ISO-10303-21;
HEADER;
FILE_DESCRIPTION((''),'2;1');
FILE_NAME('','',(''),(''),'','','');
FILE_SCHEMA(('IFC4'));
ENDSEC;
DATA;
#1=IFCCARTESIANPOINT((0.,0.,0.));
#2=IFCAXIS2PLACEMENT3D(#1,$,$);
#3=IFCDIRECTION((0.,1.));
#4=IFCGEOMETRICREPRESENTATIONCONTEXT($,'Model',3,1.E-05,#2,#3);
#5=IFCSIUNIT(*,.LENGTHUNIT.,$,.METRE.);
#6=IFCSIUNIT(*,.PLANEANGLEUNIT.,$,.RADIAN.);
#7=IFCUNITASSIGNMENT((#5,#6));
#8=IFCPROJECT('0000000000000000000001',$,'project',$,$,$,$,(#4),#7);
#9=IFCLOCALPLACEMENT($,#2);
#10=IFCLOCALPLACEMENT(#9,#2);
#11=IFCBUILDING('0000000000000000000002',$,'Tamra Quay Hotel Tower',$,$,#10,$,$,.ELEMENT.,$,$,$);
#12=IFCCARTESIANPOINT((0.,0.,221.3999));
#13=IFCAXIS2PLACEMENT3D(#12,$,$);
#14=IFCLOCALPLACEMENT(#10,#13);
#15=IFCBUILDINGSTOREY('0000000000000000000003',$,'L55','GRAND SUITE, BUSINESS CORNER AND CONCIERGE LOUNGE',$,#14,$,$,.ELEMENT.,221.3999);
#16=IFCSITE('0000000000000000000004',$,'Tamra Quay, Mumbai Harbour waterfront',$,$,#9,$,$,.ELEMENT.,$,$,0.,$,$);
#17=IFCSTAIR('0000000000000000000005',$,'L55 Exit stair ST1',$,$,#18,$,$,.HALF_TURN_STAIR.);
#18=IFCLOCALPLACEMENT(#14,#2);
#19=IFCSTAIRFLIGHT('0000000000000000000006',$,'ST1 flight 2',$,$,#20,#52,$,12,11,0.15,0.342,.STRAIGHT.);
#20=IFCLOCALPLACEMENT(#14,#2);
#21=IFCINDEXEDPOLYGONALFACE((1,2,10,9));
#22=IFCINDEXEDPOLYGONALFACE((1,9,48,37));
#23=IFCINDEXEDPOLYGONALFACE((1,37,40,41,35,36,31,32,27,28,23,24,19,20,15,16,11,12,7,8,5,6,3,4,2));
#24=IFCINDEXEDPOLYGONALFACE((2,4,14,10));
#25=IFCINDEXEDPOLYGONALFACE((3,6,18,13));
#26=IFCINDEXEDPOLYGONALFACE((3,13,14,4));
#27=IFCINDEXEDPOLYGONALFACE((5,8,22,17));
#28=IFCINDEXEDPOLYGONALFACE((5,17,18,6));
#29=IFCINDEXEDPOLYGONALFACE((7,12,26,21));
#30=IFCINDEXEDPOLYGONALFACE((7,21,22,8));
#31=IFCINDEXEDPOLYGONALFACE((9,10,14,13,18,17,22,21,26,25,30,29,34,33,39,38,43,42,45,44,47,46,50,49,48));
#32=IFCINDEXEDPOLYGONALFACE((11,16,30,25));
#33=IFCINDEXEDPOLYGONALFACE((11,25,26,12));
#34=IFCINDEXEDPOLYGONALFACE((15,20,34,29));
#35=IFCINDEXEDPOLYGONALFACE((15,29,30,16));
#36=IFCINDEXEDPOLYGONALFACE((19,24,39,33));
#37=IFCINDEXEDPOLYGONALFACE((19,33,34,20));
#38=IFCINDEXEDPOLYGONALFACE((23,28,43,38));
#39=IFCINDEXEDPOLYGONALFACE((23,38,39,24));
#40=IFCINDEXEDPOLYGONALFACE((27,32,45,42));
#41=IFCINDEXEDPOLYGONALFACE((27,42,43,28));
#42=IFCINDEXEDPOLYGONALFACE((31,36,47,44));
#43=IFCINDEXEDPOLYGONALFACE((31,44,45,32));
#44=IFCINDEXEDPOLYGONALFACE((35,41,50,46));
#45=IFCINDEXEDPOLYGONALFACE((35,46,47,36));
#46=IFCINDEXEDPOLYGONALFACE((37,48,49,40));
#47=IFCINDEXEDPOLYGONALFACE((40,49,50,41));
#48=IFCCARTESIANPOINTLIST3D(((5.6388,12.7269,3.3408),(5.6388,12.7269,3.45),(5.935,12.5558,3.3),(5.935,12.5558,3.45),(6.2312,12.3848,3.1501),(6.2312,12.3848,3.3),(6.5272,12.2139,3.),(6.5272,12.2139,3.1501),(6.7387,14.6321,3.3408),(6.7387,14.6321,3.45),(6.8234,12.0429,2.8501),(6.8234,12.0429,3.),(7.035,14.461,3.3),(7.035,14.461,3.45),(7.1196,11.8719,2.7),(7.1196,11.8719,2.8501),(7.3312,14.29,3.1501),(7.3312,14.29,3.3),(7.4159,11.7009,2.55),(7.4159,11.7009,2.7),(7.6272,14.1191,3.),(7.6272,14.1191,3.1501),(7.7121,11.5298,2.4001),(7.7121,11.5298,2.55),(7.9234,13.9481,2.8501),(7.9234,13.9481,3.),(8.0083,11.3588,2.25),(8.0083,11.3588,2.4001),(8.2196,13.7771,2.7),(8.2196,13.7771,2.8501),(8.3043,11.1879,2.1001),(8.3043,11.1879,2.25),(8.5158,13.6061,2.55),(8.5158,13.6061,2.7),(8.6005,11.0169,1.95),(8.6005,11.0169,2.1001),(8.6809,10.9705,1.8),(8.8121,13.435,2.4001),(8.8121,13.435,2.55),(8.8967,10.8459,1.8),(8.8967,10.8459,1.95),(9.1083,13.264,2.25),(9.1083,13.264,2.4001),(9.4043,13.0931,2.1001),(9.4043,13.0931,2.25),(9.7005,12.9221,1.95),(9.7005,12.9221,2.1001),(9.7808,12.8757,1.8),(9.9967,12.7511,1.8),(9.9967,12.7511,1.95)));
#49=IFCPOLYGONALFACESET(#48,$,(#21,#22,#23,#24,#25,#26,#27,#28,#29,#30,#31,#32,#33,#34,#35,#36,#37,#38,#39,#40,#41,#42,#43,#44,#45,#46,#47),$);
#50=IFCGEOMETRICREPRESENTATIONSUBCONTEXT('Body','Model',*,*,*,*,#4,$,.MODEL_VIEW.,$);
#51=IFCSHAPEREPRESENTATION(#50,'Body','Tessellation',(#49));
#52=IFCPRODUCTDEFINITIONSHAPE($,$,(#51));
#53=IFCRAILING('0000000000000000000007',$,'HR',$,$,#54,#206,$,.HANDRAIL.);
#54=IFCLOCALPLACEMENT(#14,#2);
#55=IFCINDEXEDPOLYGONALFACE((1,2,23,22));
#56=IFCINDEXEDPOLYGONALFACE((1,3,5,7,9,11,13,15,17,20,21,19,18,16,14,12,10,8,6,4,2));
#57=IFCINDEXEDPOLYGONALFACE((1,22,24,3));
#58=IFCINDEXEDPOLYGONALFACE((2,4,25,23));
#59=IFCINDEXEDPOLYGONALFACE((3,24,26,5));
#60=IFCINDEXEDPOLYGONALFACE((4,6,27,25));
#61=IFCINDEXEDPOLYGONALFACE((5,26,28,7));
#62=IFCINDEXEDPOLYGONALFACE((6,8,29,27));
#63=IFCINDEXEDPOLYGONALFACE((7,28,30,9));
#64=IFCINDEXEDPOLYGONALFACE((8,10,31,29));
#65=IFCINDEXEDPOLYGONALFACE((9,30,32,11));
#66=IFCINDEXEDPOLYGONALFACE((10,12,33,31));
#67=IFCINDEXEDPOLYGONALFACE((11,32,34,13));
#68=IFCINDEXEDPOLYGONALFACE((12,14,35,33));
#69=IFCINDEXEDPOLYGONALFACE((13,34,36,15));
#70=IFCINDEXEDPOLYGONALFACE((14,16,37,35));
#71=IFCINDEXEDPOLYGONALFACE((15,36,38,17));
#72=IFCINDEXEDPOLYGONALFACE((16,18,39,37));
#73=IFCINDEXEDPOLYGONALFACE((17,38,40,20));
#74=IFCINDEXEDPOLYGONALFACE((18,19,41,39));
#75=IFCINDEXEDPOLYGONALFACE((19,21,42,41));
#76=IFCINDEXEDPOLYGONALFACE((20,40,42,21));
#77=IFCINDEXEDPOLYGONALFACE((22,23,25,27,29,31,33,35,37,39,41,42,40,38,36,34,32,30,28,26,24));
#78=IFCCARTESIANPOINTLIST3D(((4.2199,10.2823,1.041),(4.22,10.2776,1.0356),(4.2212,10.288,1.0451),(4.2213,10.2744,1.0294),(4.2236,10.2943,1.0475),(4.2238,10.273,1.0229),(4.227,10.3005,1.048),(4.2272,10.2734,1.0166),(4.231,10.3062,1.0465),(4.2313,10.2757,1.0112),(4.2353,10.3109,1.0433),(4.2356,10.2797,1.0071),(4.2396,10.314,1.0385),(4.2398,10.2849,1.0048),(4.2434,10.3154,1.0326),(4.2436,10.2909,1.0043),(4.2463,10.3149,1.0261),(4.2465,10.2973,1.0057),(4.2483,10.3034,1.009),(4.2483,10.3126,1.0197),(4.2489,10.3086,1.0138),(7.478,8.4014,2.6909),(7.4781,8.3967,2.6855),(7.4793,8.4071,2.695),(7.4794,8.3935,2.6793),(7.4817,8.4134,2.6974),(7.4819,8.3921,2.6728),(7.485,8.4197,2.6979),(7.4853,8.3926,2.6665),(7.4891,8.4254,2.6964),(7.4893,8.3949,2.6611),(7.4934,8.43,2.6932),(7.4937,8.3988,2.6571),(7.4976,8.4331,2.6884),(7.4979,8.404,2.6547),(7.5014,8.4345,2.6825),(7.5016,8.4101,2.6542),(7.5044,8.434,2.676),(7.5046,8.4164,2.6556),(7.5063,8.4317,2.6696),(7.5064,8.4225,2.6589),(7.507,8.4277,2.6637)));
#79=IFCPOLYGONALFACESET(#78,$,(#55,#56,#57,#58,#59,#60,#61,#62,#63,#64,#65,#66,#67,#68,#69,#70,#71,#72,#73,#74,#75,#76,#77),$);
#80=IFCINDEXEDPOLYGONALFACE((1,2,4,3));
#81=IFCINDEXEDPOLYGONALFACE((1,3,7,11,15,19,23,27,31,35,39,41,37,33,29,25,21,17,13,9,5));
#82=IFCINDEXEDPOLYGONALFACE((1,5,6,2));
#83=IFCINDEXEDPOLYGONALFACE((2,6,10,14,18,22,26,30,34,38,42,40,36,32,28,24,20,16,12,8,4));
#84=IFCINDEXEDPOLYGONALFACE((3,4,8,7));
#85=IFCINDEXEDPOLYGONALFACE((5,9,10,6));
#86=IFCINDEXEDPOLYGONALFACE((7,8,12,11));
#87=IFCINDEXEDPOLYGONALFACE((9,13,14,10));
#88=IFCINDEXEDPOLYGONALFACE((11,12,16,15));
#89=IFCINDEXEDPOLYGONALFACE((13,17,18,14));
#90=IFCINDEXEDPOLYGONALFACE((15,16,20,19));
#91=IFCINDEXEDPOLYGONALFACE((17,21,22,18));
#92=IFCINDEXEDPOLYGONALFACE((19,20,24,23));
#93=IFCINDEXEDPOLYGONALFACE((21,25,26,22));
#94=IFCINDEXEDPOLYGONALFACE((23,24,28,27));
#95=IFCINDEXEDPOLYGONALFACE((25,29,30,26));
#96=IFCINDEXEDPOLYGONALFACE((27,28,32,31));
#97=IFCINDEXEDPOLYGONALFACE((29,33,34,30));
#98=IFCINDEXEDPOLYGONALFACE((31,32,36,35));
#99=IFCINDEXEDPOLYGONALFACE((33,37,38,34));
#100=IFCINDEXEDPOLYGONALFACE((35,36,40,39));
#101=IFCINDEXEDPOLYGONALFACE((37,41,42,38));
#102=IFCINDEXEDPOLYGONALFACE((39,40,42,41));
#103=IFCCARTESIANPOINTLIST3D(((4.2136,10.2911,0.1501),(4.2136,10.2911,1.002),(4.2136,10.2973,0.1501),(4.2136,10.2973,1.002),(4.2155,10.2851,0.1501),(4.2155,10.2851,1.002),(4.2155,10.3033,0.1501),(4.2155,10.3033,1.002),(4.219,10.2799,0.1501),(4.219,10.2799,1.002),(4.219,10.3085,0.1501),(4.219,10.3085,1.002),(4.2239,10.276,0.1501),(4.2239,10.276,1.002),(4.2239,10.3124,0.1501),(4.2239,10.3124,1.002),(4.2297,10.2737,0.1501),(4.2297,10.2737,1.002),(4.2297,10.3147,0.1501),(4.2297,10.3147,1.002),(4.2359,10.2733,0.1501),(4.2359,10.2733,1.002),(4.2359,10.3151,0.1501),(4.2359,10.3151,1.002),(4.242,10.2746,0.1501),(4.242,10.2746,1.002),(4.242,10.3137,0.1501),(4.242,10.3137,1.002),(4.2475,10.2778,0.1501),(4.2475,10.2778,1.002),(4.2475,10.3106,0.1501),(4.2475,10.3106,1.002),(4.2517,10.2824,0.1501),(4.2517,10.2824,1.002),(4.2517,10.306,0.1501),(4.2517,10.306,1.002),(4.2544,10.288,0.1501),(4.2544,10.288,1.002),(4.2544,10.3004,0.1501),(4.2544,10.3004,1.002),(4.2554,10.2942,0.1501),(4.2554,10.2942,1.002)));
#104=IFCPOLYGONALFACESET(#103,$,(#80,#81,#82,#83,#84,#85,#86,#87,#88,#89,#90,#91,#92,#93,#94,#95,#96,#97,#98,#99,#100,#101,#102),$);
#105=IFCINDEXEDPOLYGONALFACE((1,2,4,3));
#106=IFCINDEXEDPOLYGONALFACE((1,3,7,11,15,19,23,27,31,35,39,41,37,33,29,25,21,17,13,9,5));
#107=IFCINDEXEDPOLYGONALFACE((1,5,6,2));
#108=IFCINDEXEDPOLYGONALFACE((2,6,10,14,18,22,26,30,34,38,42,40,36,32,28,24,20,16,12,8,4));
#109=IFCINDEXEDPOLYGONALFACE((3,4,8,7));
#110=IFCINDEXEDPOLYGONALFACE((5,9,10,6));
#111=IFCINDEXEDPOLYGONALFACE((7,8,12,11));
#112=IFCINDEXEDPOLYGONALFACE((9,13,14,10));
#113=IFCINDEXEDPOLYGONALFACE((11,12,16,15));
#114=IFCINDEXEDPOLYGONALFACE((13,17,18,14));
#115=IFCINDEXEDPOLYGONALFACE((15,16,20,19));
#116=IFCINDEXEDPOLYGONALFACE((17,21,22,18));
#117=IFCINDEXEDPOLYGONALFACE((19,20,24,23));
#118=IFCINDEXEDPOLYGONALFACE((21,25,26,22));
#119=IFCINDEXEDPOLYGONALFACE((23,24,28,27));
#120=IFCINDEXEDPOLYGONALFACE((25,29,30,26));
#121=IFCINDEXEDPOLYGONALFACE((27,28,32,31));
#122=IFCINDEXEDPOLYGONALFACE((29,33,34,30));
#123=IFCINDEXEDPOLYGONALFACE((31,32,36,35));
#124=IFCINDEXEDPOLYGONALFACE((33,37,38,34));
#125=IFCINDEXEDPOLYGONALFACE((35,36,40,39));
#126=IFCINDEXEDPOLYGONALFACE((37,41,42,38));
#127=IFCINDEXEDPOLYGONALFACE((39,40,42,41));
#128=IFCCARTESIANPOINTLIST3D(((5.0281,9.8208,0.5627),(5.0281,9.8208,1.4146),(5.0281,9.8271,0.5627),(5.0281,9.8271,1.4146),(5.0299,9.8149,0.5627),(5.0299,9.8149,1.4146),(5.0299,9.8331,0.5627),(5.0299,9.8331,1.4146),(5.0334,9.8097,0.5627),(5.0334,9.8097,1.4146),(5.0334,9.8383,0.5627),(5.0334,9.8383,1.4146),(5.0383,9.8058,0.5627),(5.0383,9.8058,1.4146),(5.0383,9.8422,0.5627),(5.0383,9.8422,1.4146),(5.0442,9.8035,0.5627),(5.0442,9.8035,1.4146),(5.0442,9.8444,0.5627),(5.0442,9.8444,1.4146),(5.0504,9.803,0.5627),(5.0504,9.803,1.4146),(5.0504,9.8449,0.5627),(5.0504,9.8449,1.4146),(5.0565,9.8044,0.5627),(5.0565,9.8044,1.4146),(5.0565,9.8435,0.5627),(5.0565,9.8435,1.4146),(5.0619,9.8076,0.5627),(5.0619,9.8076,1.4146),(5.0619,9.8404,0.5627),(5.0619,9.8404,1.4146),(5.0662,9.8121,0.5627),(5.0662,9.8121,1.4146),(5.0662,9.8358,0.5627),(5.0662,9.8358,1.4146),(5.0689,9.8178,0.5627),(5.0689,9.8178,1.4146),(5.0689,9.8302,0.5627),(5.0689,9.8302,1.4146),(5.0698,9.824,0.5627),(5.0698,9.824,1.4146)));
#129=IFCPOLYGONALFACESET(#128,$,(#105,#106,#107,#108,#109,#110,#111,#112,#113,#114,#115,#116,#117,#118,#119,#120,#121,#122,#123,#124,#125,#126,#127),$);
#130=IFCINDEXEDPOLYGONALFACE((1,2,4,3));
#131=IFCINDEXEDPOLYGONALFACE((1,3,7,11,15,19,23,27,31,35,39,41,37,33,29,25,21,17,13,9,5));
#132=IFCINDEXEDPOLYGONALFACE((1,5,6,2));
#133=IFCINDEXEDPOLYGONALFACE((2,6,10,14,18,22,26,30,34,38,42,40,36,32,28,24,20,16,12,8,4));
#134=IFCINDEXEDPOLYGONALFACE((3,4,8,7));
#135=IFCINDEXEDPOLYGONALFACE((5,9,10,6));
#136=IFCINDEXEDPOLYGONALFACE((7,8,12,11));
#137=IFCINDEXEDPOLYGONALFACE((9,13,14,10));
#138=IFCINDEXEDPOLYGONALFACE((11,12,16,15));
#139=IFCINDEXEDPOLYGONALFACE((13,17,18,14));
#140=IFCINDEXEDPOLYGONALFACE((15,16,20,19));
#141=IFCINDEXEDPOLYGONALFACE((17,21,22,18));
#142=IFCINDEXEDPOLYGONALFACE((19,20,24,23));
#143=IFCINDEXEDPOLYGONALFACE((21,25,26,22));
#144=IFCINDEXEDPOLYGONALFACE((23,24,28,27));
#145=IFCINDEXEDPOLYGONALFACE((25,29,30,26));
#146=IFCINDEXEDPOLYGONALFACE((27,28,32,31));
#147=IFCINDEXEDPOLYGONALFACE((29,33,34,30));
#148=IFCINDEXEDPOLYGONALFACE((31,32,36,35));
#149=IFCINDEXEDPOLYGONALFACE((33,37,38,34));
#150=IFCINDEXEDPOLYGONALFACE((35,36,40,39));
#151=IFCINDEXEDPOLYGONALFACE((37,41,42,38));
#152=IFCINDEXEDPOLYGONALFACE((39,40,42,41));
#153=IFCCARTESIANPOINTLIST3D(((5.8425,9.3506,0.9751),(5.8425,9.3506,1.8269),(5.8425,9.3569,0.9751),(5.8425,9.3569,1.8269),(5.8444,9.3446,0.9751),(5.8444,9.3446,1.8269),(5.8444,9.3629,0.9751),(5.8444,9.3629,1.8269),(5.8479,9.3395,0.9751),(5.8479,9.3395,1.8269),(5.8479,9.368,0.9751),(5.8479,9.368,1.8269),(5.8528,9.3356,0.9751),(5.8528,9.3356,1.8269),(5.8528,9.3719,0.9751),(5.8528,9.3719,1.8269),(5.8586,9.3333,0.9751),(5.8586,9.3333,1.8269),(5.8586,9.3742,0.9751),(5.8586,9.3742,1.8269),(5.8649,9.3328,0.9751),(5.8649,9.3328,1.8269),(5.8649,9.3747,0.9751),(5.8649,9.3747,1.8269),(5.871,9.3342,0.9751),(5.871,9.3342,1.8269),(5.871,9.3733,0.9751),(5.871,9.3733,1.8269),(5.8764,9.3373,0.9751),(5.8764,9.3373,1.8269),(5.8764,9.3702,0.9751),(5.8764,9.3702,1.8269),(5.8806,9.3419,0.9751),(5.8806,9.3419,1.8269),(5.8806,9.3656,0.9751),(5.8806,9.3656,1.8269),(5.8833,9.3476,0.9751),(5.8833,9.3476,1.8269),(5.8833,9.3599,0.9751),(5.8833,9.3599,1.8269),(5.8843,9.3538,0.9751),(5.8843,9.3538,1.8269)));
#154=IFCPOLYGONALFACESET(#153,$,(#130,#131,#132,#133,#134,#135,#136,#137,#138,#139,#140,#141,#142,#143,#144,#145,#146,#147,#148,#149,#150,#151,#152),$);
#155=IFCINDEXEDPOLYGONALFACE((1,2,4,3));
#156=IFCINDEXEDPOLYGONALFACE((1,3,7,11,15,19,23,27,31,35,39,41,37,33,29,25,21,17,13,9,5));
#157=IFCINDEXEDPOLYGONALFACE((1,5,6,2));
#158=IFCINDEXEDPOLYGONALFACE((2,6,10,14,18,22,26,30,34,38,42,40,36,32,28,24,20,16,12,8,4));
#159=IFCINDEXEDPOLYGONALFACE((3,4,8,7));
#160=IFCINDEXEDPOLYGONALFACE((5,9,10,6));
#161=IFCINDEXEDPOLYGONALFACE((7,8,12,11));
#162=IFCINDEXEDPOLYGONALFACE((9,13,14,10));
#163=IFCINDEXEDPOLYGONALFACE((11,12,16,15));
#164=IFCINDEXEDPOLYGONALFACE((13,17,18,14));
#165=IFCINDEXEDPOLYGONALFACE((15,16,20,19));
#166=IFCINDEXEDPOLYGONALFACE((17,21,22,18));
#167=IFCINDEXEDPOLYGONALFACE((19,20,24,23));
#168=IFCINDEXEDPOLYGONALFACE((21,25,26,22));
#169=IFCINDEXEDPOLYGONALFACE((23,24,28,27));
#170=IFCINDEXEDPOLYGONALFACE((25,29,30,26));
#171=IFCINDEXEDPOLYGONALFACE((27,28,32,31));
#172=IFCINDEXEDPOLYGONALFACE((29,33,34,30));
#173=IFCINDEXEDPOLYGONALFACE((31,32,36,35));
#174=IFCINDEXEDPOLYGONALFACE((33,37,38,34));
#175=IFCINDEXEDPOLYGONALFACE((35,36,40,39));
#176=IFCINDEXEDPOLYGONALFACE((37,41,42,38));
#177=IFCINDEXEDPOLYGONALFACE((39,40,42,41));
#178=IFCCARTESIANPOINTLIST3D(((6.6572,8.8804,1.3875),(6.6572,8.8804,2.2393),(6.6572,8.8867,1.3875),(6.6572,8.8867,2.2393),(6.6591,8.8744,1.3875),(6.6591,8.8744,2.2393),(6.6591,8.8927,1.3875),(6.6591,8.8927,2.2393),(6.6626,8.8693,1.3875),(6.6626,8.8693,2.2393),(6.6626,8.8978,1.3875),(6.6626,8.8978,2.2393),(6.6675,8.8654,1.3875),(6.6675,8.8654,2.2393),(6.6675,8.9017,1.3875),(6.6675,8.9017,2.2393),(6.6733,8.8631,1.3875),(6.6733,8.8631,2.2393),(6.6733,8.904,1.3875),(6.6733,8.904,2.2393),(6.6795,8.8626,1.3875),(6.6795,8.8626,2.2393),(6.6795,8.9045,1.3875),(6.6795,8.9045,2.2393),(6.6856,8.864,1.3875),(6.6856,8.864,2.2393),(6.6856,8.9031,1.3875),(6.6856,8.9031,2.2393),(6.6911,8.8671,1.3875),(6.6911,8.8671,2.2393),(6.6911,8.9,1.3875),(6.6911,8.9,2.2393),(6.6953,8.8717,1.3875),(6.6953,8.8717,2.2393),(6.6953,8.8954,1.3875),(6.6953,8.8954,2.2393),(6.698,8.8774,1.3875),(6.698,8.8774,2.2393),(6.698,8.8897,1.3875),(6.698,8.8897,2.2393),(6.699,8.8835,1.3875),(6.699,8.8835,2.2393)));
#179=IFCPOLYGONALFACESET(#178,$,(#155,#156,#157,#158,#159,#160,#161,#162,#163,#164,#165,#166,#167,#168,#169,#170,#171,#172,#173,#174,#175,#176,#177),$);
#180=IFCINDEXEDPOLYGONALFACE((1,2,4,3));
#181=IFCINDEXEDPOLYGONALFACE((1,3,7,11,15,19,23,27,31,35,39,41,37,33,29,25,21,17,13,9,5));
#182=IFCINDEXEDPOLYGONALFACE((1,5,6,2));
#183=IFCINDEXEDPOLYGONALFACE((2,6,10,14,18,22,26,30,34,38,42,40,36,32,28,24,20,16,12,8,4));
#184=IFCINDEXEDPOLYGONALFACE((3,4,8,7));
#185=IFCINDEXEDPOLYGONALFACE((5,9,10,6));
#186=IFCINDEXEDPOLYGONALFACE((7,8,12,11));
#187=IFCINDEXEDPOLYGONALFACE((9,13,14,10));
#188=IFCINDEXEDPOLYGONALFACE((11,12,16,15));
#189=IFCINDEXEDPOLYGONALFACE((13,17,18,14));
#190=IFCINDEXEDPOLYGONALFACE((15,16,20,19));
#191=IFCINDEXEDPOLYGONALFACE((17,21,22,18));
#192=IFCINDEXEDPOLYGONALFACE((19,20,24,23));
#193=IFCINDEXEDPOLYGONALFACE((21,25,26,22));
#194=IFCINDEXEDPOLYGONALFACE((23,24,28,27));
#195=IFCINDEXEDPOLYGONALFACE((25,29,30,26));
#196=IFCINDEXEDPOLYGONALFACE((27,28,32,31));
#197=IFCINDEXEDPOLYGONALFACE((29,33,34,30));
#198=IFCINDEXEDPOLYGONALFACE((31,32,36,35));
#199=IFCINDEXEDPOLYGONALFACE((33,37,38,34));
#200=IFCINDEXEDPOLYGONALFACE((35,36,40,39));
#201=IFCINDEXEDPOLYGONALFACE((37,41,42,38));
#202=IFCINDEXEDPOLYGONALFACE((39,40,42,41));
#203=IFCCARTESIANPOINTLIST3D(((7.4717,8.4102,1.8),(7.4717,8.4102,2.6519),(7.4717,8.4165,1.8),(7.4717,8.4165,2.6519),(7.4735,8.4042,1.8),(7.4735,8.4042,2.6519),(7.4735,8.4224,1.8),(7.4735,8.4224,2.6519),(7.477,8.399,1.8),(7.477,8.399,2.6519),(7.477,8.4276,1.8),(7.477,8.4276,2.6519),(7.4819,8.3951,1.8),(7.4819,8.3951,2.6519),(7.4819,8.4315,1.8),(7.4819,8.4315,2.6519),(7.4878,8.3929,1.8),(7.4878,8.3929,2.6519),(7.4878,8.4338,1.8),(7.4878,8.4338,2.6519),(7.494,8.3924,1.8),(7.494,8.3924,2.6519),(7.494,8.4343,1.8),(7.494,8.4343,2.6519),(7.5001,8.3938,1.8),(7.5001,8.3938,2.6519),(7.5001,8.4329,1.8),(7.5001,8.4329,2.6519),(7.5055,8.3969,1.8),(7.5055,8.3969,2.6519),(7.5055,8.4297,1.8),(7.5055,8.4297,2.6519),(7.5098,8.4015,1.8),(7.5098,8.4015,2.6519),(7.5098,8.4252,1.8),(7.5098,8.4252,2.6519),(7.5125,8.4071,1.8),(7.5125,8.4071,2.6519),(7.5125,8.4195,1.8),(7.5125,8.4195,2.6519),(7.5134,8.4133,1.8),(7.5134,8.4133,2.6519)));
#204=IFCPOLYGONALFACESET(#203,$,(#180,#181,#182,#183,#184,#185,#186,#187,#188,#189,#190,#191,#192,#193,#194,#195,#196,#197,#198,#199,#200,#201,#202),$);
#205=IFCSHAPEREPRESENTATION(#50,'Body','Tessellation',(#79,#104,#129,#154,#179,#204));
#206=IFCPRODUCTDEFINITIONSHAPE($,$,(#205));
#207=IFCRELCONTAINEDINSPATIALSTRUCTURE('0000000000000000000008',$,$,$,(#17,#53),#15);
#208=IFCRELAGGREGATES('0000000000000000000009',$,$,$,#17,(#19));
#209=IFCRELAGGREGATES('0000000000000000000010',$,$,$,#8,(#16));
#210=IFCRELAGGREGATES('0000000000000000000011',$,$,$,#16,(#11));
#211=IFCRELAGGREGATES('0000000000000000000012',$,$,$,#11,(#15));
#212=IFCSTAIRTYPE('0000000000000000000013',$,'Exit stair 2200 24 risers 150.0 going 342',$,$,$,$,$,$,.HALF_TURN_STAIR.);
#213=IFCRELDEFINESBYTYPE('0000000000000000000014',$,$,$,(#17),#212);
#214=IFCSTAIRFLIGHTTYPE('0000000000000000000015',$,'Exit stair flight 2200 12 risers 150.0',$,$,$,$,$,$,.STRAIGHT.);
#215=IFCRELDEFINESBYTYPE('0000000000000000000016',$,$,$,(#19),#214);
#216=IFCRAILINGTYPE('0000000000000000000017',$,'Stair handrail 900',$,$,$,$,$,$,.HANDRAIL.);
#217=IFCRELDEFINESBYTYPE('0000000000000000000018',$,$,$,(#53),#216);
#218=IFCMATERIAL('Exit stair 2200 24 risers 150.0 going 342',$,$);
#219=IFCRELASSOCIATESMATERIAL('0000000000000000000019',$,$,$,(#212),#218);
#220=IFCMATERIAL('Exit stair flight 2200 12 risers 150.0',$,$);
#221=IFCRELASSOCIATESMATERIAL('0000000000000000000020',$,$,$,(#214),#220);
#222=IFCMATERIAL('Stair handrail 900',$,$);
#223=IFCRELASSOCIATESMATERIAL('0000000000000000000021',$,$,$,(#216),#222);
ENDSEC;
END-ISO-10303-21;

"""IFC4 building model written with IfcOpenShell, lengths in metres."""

from ifc_helpers import new_model, si_unit, direction, frame, origin, origin_2d, place, context, subcontext, project, spatial, polyline, circle, outline, extrude, material, type_object, element, aggregate, save


model = new_model("IFC4")

# Units and contexts
model_context = context("Model", 3, precision=1e-05, world=origin(), true_north=direction((0.0, 1.0)))
body_context = subcontext(model_context, "Body", "Model", "MODEL_VIEW")
ifc_project = project(units=[si_unit("LENGTHUNIT", "METRE"), si_unit("PLANEANGLEUNIT", "RADIAN")], contexts=[model_context])

# Site, building, storey
site_placement = place(None, origin())
site = spatial("IfcSite", under=ifc_project, at=site_placement, Name="Tamra Quay, Mumbai Harbour waterfront", CompositionType="ELEMENT", RefElevation=0.0)
building_placement = place(site_placement, origin())
building = spatial("IfcBuilding", under=site, at=building_placement, Name="Tamra Quay Hotel Tower", CompositionType="ELEMENT")
storey_placement = place(building_placement, frame((0.0, 0.0, 221.3999)))
storey = spatial("IfcBuildingStorey", under=building, at=storey_placement, Name="L55", Description="GRAND SUITE, BUSINESS CORNER AND CONCIERGE LOUNGE", CompositionType="ELEMENT", Elevation=221.3999)

# Stair, stair flight
ifc_material_1 = material(Name="Exit stair 2200 24 risers 150.0 going 342")
stair_type = type_object("IfcStairType", Name="Exit stair 2200 24 risers 150.0 going 342", PredefinedType="HALF_TURN_STAIR", material=ifc_material_1)
stair_placement = place(storey_placement, origin())
stair = element("IfcStair", 1, at=stair_placement, inside=storey, type_object=stair_type, Name="L55 Exit stair ST1", PredefinedType="HALF_TURN_STAIR")
ifc_material_2 = material(Name="Exit stair flight 2200 12 risers 150.0")
stair_flight_type = type_object("IfcStairFlightType", Name="Exit stair flight 2200 12 risers 150.0", PredefinedType="STRAIGHT", material=ifc_material_2)
stair_flight_1_placement = place(storey_placement, frame((9.4468, 11.7986, 1.8), z_axis=(0.0, 0.0, 1.0), x_axis=(-0.866025, 0.5, 0.0)))
stair_flight_1 = element("IfcStairFlight", 2, at=stair_flight_1_placement, type_object=stair_flight_type, Name="ST1 flight 2", NumberOfRisers=12, NumberOfTreads=11, PredefinedType="STRAIGHT", RiserHeight=0.15, TreadLength=0.342, context=body_context, shape_type="SweptSolid", body=[
    extrude(outline(polyline([(0.0, 0.0), (0.0, 0.1499), (0.342, 0.1499), (0.342, 0.3), (0.6841, 0.3), (0.6841, 0.45), (1.0259, 0.45), (1.0259, 0.6001), (1.3679, 0.6001), (1.3679, 0.75), (1.71, 0.75), (1.71, 0.8999), (2.052, 0.8999), (2.052, 1.05), (2.394, 1.05), (2.394, 1.2), (2.7361, 1.2), (2.7361, 1.3501), (3.0779, 1.3501), (3.0779, 1.5), (3.4199, 1.5), (3.4199, 1.6499), (3.762, 1.6499), (3.762, 1.8), (3.762, 1.5408), (0.2493, 0.0), (0.0, 0.0)])), frame((0.0, 1.1001, 0.0), z_axis=(0.0, -1.0, 0.0), x_axis=(1.0, 0.0, 0.0)), (0.0, 0.0, 1.0), 2.2),
])
aggregate(stair, [stair_flight_1])

# Railing
ifc_material_3 = material(Name="Stair handrail 900")
railing_type_1 = type_object("IfcRailingType", Name="Stair handrail 900", PredefinedType="HANDRAIL", material=ifc_material_3)
railing_1_placement = place(storey_placement, frame((4.2344, 10.2942, 0.1501)))
element("IfcRailing", 3, at=railing_1_placement, inside=storey, type_object=railing_type_1, Name="HR", PredefinedType="HANDRAIL", context=body_context, shape_type="SweptSolid", body=[
    extrude(circle(Radius=0.0239, at=origin_2d()), frame((0.0, 0.0, 0.876), z_axis=(0.793122, -0.457865, 0.401642), x_axis=(0.499964, 0.866046, 0.0)), (0.0, 0.0, 1.0), 4.1079),
    extrude(circle(Radius=0.021, at=origin_2d()), origin(), (0.0, 0.0, 1.0), 0.8518),
    extrude(circle(Radius=0.021, at=origin_2d()), frame((0.8145, -0.4702, 0.4126)), (0.0, 0.0, 1.0), 0.8518),
    extrude(circle(Radius=0.021, at=origin_2d()), frame((1.6289, -0.9404, 0.825)), (0.0, 0.0, 1.0), 0.8518),
    extrude(circle(Radius=0.021, at=origin_2d()), frame((2.4436, -1.4106, 1.2373)), (0.0, 0.0, 1.0), 0.8518),
    extrude(circle(Radius=0.021, at=origin_2d()), frame((3.2581, -1.8809, 1.6499)), (0.0, 0.0, 1.0), 0.8518),
])

save(model, "model.ifc")
